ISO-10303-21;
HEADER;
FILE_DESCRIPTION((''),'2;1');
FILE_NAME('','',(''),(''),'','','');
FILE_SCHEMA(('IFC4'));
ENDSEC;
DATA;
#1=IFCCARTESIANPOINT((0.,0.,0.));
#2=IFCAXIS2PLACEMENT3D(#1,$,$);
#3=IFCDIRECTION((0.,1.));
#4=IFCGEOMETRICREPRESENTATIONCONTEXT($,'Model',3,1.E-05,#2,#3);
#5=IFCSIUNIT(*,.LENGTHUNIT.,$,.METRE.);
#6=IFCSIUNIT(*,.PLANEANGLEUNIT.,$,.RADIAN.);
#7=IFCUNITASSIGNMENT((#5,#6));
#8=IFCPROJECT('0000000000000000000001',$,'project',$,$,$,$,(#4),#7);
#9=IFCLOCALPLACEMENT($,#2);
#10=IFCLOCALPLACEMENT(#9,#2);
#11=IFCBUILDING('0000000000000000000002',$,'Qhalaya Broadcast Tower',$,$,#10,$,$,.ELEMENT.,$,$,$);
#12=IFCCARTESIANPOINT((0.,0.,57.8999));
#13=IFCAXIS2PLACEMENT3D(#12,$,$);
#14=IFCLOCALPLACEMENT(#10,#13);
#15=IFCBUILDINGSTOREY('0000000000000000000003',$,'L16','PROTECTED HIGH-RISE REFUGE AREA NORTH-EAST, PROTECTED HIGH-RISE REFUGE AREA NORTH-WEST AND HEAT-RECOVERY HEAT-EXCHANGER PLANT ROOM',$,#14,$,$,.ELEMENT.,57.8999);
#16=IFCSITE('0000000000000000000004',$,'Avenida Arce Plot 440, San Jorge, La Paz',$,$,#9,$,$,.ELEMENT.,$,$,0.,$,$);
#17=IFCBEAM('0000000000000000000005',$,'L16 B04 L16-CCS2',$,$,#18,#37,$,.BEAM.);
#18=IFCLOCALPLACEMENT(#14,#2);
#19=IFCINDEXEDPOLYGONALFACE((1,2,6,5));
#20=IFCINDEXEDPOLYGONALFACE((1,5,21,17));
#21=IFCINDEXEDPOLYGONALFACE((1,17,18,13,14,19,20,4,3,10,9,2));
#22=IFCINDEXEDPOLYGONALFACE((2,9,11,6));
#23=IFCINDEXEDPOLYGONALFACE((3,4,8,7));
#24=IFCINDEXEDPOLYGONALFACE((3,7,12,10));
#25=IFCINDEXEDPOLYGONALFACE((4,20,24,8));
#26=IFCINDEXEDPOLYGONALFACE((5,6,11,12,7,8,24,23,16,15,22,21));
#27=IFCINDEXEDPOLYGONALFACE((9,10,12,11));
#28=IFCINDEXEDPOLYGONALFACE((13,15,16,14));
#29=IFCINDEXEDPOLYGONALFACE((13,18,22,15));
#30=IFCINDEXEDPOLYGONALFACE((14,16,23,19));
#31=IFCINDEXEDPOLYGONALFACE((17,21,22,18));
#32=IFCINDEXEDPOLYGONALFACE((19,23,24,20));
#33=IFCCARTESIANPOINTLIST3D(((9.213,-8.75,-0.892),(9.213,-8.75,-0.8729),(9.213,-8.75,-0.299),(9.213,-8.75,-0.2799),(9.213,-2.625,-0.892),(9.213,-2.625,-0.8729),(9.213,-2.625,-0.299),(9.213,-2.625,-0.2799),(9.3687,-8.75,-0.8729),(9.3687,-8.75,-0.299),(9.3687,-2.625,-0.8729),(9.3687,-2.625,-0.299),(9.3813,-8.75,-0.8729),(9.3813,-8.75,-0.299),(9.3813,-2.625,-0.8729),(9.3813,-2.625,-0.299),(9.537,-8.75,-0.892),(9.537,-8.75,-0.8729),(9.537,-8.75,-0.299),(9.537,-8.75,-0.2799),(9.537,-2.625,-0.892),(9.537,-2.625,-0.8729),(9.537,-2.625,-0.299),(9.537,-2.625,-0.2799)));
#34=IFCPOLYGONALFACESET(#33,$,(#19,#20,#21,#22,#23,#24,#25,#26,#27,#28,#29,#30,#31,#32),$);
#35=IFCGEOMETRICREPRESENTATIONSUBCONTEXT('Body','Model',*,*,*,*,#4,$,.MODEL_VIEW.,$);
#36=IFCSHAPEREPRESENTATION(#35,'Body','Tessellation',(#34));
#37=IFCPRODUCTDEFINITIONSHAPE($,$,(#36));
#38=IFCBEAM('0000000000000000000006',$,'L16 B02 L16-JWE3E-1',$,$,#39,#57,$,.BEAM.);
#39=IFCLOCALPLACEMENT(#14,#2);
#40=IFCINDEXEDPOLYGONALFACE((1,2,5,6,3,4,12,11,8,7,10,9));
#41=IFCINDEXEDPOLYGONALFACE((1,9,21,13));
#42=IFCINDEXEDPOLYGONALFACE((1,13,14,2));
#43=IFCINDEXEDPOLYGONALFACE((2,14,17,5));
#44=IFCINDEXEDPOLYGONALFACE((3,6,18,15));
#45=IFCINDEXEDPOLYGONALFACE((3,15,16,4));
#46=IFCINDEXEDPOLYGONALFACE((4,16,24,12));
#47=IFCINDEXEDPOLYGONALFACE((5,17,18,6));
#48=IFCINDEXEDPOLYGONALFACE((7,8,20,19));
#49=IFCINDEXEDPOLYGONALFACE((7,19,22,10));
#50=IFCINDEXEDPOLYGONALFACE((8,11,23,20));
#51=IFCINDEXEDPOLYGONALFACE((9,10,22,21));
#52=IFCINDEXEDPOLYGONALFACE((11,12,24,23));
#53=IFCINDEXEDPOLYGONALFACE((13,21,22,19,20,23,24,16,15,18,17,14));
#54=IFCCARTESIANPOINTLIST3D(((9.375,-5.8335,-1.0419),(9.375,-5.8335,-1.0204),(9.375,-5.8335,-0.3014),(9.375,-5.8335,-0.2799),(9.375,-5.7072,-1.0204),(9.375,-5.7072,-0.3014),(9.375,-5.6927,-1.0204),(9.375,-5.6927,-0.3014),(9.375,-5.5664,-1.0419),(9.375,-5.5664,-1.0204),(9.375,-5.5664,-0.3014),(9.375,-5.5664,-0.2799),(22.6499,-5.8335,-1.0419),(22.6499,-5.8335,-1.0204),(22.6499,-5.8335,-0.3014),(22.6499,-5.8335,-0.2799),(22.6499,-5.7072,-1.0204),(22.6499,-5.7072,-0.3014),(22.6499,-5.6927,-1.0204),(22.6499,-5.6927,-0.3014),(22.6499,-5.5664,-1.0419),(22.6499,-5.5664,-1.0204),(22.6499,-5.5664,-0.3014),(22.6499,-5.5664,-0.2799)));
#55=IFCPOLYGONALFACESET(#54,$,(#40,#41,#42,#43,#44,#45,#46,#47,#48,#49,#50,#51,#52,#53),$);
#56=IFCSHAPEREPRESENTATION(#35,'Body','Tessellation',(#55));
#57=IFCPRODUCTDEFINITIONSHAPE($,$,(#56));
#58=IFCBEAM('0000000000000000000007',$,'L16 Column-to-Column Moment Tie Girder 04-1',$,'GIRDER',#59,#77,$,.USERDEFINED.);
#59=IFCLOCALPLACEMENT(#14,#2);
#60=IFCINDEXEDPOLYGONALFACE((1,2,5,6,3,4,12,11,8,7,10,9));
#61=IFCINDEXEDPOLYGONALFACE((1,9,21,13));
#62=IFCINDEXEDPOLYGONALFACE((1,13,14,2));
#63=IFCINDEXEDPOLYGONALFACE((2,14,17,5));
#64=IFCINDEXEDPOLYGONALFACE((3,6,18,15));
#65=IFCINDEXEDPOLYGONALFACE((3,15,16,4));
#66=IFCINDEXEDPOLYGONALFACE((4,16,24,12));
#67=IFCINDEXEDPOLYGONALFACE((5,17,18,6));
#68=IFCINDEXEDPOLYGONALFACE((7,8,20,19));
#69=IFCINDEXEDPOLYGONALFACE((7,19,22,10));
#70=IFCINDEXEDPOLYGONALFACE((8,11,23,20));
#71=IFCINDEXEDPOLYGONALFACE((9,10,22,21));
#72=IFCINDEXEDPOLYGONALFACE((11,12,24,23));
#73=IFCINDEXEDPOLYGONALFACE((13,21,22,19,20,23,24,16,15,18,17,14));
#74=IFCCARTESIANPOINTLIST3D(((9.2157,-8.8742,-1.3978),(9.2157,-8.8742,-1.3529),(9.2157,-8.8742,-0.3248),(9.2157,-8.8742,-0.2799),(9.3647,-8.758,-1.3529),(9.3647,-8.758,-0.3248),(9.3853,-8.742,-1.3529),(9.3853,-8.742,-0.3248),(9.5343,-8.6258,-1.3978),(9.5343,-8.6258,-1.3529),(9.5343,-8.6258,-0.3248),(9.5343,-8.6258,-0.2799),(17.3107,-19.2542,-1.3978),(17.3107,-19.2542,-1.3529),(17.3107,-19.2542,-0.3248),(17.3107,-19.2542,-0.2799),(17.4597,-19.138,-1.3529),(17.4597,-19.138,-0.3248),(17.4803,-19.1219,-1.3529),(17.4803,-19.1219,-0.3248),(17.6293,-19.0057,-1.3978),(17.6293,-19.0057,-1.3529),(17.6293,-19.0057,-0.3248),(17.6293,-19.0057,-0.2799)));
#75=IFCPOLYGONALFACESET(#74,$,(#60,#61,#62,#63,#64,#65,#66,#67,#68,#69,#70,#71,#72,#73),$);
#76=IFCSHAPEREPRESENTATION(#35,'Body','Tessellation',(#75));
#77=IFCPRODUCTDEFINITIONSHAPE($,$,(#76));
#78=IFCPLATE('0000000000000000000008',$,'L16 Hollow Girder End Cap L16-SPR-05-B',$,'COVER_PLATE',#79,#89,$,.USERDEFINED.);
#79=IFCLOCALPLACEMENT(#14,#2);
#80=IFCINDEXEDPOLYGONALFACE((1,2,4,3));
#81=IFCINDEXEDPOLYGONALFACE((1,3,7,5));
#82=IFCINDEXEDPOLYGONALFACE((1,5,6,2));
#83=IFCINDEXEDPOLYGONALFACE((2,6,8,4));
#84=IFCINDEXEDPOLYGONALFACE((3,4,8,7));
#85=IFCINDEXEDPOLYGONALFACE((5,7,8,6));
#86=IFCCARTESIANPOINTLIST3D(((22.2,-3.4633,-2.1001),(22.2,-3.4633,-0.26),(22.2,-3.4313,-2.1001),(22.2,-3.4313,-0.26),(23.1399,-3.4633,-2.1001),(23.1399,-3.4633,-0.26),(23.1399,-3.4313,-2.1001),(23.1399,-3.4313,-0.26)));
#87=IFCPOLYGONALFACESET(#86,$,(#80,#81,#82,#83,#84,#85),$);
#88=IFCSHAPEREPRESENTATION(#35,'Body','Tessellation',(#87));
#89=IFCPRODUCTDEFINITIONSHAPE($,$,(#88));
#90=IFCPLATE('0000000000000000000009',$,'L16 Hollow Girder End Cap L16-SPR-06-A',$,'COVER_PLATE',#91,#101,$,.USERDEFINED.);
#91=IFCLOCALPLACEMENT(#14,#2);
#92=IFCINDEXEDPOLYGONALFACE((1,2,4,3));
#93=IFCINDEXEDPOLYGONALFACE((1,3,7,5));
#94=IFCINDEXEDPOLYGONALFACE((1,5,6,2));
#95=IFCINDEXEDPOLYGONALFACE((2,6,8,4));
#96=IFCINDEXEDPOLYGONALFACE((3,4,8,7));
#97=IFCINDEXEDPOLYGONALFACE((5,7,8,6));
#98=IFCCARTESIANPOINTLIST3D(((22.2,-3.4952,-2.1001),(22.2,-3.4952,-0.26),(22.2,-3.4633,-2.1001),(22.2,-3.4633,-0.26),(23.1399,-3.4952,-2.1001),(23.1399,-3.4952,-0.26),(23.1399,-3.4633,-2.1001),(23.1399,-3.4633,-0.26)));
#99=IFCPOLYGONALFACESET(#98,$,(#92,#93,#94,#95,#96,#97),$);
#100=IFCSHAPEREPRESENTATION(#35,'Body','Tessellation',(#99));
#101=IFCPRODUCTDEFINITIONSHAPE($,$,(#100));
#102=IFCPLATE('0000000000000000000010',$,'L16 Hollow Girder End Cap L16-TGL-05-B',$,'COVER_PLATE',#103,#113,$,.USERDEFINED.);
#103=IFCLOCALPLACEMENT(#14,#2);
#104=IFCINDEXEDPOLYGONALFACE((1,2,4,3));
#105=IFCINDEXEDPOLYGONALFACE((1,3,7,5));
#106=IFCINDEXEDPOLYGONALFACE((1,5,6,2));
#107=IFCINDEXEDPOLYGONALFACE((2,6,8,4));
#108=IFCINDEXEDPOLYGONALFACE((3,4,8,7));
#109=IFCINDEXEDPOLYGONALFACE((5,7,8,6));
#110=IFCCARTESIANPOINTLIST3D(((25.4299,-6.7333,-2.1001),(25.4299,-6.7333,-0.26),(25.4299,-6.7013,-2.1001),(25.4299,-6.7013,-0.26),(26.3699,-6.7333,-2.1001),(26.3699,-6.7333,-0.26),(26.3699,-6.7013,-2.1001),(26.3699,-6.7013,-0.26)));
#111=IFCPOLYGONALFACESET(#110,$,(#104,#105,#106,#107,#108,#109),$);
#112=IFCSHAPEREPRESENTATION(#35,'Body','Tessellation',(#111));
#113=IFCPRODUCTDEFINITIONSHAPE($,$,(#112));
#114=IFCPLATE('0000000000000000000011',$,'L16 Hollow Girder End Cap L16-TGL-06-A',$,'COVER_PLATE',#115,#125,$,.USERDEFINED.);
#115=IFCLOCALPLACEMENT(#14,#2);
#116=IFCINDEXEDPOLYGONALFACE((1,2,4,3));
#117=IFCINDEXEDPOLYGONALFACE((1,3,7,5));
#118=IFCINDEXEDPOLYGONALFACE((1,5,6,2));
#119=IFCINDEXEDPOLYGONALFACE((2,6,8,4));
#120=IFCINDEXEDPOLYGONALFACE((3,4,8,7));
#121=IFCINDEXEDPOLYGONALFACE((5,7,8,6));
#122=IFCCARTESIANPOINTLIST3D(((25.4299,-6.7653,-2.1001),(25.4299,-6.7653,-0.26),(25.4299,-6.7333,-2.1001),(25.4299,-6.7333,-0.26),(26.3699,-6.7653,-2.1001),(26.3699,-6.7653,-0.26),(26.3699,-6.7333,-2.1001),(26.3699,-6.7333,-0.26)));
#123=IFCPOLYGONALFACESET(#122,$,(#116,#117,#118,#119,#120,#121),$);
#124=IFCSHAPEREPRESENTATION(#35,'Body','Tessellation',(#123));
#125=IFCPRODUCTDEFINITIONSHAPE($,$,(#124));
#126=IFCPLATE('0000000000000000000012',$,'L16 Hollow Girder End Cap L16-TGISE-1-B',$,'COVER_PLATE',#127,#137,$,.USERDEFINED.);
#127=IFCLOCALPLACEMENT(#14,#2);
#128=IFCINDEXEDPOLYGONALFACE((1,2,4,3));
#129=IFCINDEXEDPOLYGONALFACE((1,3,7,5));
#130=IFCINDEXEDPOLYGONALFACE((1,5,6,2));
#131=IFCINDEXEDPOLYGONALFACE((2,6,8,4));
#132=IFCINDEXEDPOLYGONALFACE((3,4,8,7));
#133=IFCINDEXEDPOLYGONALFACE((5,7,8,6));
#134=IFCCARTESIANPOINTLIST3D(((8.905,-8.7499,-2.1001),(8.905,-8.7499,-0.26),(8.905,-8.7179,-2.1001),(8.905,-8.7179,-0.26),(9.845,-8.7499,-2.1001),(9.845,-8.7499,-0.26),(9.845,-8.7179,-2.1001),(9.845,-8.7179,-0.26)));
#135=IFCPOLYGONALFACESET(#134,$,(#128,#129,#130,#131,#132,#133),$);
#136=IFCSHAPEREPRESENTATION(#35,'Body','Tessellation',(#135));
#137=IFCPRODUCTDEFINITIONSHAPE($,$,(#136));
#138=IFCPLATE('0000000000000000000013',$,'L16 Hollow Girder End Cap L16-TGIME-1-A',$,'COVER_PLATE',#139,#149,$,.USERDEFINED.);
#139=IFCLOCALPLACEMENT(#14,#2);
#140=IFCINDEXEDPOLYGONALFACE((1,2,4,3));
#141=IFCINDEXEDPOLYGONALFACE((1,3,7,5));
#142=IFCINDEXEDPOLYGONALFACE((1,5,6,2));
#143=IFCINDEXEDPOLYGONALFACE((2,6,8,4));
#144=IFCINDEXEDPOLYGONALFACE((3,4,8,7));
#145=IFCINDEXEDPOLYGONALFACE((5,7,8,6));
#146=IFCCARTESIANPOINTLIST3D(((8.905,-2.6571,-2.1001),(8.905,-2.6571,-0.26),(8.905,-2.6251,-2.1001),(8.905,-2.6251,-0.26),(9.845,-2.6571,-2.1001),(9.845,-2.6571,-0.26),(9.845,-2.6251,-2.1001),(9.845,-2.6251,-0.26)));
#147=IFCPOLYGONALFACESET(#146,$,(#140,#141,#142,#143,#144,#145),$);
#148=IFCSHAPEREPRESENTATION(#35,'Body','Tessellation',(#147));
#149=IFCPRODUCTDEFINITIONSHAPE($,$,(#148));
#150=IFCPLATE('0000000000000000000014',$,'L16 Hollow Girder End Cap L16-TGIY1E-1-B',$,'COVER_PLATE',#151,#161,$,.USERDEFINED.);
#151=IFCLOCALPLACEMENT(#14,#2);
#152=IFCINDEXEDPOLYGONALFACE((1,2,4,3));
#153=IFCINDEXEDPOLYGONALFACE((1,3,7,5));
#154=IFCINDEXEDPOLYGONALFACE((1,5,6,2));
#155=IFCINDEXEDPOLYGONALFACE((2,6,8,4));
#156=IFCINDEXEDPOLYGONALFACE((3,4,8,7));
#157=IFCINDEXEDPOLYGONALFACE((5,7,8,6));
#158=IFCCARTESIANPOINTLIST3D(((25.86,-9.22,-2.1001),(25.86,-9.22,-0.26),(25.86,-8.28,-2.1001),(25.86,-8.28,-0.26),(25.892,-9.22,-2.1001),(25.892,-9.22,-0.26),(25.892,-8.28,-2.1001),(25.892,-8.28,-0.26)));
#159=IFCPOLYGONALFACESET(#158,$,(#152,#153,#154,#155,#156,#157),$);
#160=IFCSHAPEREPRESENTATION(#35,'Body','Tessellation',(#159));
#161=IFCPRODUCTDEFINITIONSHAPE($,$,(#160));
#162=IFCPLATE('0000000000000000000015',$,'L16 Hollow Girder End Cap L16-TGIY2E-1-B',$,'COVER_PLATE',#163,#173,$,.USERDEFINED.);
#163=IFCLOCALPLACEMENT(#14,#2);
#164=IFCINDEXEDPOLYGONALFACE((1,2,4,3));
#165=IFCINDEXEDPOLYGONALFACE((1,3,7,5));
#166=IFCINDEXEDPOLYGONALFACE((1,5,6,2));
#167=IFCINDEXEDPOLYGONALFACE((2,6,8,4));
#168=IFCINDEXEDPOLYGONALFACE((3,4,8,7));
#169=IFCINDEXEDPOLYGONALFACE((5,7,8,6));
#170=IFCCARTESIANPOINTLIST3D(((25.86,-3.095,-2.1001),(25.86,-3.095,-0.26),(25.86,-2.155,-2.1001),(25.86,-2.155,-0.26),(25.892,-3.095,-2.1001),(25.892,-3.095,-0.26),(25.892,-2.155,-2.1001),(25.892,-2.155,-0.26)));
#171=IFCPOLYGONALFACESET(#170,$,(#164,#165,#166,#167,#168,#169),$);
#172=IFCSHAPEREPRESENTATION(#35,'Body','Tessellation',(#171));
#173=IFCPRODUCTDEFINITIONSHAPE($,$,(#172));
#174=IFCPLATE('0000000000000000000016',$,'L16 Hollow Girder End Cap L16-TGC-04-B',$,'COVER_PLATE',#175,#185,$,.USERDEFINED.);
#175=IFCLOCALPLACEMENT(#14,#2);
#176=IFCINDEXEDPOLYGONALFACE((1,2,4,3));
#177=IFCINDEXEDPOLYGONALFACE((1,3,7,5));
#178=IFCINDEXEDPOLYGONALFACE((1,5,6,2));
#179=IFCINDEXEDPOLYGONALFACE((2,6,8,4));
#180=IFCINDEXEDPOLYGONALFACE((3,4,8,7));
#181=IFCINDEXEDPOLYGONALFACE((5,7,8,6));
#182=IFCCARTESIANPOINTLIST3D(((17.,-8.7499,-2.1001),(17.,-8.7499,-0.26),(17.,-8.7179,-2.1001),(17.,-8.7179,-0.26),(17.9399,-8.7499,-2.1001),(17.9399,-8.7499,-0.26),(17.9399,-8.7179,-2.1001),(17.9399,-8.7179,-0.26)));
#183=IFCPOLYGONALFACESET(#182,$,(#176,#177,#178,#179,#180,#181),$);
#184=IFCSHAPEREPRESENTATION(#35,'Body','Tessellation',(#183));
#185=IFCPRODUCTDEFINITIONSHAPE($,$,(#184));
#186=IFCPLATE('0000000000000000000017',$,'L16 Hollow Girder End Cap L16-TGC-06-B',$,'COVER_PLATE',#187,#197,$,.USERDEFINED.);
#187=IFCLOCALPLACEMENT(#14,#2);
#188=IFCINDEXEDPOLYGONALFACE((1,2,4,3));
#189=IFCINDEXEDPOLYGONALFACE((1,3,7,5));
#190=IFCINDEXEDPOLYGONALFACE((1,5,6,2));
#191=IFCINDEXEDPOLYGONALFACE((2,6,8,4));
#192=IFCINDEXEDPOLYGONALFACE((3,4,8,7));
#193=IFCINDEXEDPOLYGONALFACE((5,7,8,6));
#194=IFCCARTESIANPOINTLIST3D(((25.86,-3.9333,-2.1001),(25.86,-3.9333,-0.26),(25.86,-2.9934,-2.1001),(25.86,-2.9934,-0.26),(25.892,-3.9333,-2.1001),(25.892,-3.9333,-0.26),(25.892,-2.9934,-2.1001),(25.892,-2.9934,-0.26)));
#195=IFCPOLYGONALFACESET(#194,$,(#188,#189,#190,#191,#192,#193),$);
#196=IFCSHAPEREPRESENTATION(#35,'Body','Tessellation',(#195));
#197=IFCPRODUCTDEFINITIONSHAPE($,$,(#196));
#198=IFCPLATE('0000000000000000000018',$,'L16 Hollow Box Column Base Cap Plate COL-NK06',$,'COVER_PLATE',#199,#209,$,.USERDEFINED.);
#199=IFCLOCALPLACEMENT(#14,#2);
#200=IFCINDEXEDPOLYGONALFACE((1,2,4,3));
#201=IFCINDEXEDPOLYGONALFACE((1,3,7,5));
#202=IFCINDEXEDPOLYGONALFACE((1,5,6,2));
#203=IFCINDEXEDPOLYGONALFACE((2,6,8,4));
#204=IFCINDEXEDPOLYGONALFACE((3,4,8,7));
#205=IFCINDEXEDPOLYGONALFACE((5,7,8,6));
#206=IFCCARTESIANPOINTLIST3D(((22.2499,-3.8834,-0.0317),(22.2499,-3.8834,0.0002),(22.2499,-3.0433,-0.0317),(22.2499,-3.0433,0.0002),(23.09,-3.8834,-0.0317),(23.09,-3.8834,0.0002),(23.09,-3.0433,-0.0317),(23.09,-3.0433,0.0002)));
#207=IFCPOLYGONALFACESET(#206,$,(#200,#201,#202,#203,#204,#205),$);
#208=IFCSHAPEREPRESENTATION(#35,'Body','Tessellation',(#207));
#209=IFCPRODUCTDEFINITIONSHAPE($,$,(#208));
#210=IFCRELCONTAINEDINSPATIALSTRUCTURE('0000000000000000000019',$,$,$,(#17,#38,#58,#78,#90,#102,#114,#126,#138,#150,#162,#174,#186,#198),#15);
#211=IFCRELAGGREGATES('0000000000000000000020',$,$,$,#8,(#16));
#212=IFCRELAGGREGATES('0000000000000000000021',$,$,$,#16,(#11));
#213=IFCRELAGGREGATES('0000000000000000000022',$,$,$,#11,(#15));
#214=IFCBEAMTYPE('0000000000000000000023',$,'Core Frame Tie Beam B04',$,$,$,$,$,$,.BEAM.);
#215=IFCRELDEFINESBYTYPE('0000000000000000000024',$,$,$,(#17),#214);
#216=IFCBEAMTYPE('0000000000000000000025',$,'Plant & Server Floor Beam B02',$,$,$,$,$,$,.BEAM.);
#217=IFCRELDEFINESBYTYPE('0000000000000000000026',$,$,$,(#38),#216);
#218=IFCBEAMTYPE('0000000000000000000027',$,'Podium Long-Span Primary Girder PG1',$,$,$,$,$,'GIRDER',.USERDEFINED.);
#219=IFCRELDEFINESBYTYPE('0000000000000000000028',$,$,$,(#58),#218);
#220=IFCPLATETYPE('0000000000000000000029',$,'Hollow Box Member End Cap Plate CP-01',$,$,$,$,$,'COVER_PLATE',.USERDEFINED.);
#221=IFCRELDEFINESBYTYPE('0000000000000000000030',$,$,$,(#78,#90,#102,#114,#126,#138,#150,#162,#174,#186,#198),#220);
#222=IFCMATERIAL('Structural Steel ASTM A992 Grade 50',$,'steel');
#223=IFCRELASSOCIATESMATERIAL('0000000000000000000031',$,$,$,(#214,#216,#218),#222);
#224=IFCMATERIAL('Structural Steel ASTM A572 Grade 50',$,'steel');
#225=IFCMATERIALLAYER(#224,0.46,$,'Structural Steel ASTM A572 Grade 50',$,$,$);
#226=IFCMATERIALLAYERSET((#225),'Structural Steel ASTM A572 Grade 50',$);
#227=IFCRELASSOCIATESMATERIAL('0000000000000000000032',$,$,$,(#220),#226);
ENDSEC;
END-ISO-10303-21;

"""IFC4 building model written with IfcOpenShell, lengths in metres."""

from ifc_helpers import new_model, si_unit, direction, frame, origin, origin_2d, place, context, subcontext, project, spatial, rectangle, i_section, extrude, material, layer, layer_set, material_profile, profile_set, type_object, element, save


model = new_model("IFC4")

# Units and contexts
model_context = context("Model", 3, precision=1e-05, world=origin(), true_north=direction((0.0, 1.0)))
body_context = subcontext(model_context, "Body", "Model", "MODEL_VIEW")
ifc_project = project(units=[si_unit("LENGTHUNIT", "METRE"), si_unit("PLANEANGLEUNIT", "RADIAN")], contexts=[model_context])

# Site, building, storey
site_placement = place(None, origin())
site = spatial("IfcSite", under=ifc_project, at=site_placement, Name="Avenida Arce Plot 440, San Jorge, La Paz", CompositionType="ELEMENT", RefElevation=0.0)
building_placement = place(site_placement, origin())
building = spatial("IfcBuilding", under=site, at=building_placement, Name="Qhalaya Broadcast Tower", CompositionType="ELEMENT")
storey_placement = place(building_placement, frame((0.0, 0.0, 57.8999)))
storey = spatial("IfcBuildingStorey", under=building, at=storey_placement, Name="L16", Description="PROTECTED HIGH-RISE REFUGE AREA NORTH-EAST, PROTECTED HIGH-RISE REFUGE AREA NORTH-WEST AND HEAT-RECOVERY HEAT-EXCHANGER PLANT ROOM", CompositionType="ELEMENT", Elevation=57.8999)

# Shared definitions
ifc_material_1 = material(Name="Structural Steel ASTM A992 Grade 50", Category="steel")
ifc_material_2 = material(Name="Structural Steel ASTM A572 Grade 50", Category="steel")

# Beams
ifc_material_profile_1 = material_profile(ifc_material_1, i_section(OverallWidth=0.324, OverallDepth=0.6121, WebThickness=0.0127, FlangeThickness=0.019, at=origin_2d()), Name="W24X104")
ifc_profile_set_1 = profile_set([ifc_material_profile_1], Name="Structural Steel ASTM A992 Grade 50")
beam_type_1 = type_object("IfcBeamType", Name="Core Frame Tie Beam B04", PredefinedType="BEAM", material=ifc_profile_set_1)
beam_1_placement = place(storey_placement, frame((9.375, -8.75, -0.5859), z_axis=(0.0, 1.0, 0.0), x_axis=(-1.0, 0.0, 0.0)))
element("IfcBeam", 1, at=beam_1_placement, inside=storey, type_object=beam_type_1, Name="L16 B04 L16-CCS2", PredefinedType="BEAM", context=body_context, shape_type="SweptSolid", body=[
    extrude(i_section(OverallWidth=0.324, OverallDepth=0.6121, WebThickness=0.0127, FlangeThickness=0.019, at=origin_2d()), origin(), (0.0, 0.0, 1.0), 6.125),
])
ifc_material_profile_2 = material_profile(ifc_material_1, i_section(OverallWidth=0.2671, OverallDepth=0.762, WebThickness=0.0144, FlangeThickness=0.0215, at=origin_2d()), Name="W30X116")
ifc_profile_set_2 = profile_set([ifc_material_profile_2], Name="Structural Steel ASTM A992 Grade 50")
beam_type_2 = type_object("IfcBeamType", Name="Plant & Server Floor Beam B02", PredefinedType="BEAM", material=ifc_profile_set_2)
beam_2_placement = place(storey_placement, frame((9.375, -5.7, -0.6609), z_axis=(1.0, 0.0, 0.0), x_axis=(0.0, 1.0, 0.0)))
element("IfcBeam", 2, at=beam_2_placement, inside=storey, type_object=beam_type_2, Name="L16 B02 L16-JWE3E-1", PredefinedType="BEAM", context=body_context, shape_type="SweptSolid", body=[
    extrude(i_section(OverallWidth=0.2671, OverallDepth=0.762, WebThickness=0.0144, FlangeThickness=0.0215, at=origin_2d()), origin(), (0.0, 0.0, 1.0), 13.2749),
])
ifc_material_profile_3 = material_profile(ifc_material_1, i_section(OverallWidth=0.4041, OverallDepth=1.1179, WebThickness=0.0261, FlangeThickness=0.0449, at=origin_2d()), Name="W44X335")
ifc_profile_set_3 = profile_set([ifc_material_profile_3], Name="Structural Steel ASTM A992 Grade 50")
beam_type_3 = type_object("IfcBeamType", Name="Podium Long-Span Primary Girder PG1", ElementType="GIRDER", PredefinedType="USERDEFINED", material=ifc_profile_set_3)
beam_3_placement = place(storey_placement, frame((9.375, -8.75, -0.8389), z_axis=(0.614969, -0.788552, 0.0), x_axis=(0.788552, 0.614969, 0.0)))
element("IfcBeam", 3, at=beam_3_placement, inside=storey, type_object=beam_type_3, Name="L16 Column-to-Column Moment Tie Girder 04-1", ObjectType="GIRDER", PredefinedType="USERDEFINED", context=body_context, shape_type="SweptSolid", body=[
    extrude(i_section(OverallWidth=0.4041, OverallDepth=1.1179, WebThickness=0.0261, FlangeThickness=0.0449, at=origin_2d()), origin(), (0.0, 0.0, 1.0), 13.1633),
])

# Plates
ifc_layer_1 = layer(ifc_material_2, 0.46, Name="Structural Steel ASTM A572 Grade 50")
ifc_layer_set_1 = layer_set([ifc_layer_1], Name="Structural Steel ASTM A572 Grade 50")
plate_type_1 = type_object("IfcPlateType", Name="Hollow Box Member End Cap Plate CP-01", ElementType="COVER_PLATE", PredefinedType="USERDEFINED", material=ifc_layer_set_1)
for number, where, z_axis, x_axis, name in (
    (4, (22.6699, -3.4473, -2.1001), (0.0, 0.0, 1.0), (-1.0, 0.0, 0.0), "L16 Hollow Girder End Cap L16-SPR-05-B"),
    (5, (22.6699, -3.4792, -2.1001), (0.0, 0.0, 1.0), (-1.0, 0.0, 0.0), "L16 Hollow Girder End Cap L16-SPR-06-A"),
    (6, (25.8999, -6.7173, -2.1001), (0.0, 0.0, 1.0), (-1.0, 0.0, 0.0), "L16 Hollow Girder End Cap L16-TGL-05-B"),
    (7, (25.8999, -6.7493, -2.1001), (0.0, 0.0, 1.0), (-1.0, 0.0, 0.0), "L16 Hollow Girder End Cap L16-TGL-06-A"),
    (8, (9.375, -8.7339, -2.1001), (0.0, 0.0, 1.0), (-1.0, 0.0, 0.0), "L16 Hollow Girder End Cap L16-TGISE-1-B"),
    (9, (9.375, -2.6411, -2.1001), (0.0, 0.0, 1.0), (-1.0, 0.0, 0.0), "L16 Hollow Girder End Cap L16-TGIME-1-A"),
    (10, (25.876, -8.75, -2.1001), (0.0, 0.0, 1.0), (0.0, 1.0, 0.0), "L16 Hollow Girder End Cap L16-TGIY1E-1-B"),
    (11, (25.876, -2.625, -2.1001), (0.0, 0.0, 1.0), (0.0, 1.0, 0.0), "L16 Hollow Girder End Cap L16-TGIY2E-1-B"),
    (12, (17.47, -8.7339, -2.1001), (0.0, 0.0, 1.0), (-1.0, 0.0, 0.0), "L16 Hollow Girder End Cap L16-TGC-04-B"),
    (13, (25.876, -3.4634, -2.1001), (0.0, 0.0, 1.0), (0.0, 1.0, 0.0), "L16 Hollow Girder End Cap L16-TGC-06-B"),
):
    element("IfcPlate", number, at=place(storey_placement, frame(where, z_axis=z_axis, x_axis=x_axis)), inside=storey, type_object=plate_type_1, Name=name, ObjectType="COVER_PLATE", PredefinedType="USERDEFINED", context=body_context, shape_type="SweptSolid", body=[
        extrude(rectangle(XDim=0.9399, YDim=0.032, at=origin_2d()), origin(), (0.0, 0.0, 1.0), 1.8401),
    ])
plate_1_placement = place(storey_placement, frame((22.6699, -3.4634, -0.0317), z_axis=(0.0, 0.0, 1.0), x_axis=(0.0, 1.0, 0.0)))
element("IfcPlate", 14, at=plate_1_placement, inside=storey, type_object=plate_type_1, Name="L16 Hollow Box Column Base Cap Plate COL-NK06", ObjectType="COVER_PLATE", PredefinedType="USERDEFINED", context=body_context, shape_type="SweptSolid", body=[
    extrude(rectangle(XDim=0.8401, YDim=0.8401, at=origin_2d()), origin(), (0.0, 0.0, 1.0), 0.032),
])

save(model, "model.ifc")
